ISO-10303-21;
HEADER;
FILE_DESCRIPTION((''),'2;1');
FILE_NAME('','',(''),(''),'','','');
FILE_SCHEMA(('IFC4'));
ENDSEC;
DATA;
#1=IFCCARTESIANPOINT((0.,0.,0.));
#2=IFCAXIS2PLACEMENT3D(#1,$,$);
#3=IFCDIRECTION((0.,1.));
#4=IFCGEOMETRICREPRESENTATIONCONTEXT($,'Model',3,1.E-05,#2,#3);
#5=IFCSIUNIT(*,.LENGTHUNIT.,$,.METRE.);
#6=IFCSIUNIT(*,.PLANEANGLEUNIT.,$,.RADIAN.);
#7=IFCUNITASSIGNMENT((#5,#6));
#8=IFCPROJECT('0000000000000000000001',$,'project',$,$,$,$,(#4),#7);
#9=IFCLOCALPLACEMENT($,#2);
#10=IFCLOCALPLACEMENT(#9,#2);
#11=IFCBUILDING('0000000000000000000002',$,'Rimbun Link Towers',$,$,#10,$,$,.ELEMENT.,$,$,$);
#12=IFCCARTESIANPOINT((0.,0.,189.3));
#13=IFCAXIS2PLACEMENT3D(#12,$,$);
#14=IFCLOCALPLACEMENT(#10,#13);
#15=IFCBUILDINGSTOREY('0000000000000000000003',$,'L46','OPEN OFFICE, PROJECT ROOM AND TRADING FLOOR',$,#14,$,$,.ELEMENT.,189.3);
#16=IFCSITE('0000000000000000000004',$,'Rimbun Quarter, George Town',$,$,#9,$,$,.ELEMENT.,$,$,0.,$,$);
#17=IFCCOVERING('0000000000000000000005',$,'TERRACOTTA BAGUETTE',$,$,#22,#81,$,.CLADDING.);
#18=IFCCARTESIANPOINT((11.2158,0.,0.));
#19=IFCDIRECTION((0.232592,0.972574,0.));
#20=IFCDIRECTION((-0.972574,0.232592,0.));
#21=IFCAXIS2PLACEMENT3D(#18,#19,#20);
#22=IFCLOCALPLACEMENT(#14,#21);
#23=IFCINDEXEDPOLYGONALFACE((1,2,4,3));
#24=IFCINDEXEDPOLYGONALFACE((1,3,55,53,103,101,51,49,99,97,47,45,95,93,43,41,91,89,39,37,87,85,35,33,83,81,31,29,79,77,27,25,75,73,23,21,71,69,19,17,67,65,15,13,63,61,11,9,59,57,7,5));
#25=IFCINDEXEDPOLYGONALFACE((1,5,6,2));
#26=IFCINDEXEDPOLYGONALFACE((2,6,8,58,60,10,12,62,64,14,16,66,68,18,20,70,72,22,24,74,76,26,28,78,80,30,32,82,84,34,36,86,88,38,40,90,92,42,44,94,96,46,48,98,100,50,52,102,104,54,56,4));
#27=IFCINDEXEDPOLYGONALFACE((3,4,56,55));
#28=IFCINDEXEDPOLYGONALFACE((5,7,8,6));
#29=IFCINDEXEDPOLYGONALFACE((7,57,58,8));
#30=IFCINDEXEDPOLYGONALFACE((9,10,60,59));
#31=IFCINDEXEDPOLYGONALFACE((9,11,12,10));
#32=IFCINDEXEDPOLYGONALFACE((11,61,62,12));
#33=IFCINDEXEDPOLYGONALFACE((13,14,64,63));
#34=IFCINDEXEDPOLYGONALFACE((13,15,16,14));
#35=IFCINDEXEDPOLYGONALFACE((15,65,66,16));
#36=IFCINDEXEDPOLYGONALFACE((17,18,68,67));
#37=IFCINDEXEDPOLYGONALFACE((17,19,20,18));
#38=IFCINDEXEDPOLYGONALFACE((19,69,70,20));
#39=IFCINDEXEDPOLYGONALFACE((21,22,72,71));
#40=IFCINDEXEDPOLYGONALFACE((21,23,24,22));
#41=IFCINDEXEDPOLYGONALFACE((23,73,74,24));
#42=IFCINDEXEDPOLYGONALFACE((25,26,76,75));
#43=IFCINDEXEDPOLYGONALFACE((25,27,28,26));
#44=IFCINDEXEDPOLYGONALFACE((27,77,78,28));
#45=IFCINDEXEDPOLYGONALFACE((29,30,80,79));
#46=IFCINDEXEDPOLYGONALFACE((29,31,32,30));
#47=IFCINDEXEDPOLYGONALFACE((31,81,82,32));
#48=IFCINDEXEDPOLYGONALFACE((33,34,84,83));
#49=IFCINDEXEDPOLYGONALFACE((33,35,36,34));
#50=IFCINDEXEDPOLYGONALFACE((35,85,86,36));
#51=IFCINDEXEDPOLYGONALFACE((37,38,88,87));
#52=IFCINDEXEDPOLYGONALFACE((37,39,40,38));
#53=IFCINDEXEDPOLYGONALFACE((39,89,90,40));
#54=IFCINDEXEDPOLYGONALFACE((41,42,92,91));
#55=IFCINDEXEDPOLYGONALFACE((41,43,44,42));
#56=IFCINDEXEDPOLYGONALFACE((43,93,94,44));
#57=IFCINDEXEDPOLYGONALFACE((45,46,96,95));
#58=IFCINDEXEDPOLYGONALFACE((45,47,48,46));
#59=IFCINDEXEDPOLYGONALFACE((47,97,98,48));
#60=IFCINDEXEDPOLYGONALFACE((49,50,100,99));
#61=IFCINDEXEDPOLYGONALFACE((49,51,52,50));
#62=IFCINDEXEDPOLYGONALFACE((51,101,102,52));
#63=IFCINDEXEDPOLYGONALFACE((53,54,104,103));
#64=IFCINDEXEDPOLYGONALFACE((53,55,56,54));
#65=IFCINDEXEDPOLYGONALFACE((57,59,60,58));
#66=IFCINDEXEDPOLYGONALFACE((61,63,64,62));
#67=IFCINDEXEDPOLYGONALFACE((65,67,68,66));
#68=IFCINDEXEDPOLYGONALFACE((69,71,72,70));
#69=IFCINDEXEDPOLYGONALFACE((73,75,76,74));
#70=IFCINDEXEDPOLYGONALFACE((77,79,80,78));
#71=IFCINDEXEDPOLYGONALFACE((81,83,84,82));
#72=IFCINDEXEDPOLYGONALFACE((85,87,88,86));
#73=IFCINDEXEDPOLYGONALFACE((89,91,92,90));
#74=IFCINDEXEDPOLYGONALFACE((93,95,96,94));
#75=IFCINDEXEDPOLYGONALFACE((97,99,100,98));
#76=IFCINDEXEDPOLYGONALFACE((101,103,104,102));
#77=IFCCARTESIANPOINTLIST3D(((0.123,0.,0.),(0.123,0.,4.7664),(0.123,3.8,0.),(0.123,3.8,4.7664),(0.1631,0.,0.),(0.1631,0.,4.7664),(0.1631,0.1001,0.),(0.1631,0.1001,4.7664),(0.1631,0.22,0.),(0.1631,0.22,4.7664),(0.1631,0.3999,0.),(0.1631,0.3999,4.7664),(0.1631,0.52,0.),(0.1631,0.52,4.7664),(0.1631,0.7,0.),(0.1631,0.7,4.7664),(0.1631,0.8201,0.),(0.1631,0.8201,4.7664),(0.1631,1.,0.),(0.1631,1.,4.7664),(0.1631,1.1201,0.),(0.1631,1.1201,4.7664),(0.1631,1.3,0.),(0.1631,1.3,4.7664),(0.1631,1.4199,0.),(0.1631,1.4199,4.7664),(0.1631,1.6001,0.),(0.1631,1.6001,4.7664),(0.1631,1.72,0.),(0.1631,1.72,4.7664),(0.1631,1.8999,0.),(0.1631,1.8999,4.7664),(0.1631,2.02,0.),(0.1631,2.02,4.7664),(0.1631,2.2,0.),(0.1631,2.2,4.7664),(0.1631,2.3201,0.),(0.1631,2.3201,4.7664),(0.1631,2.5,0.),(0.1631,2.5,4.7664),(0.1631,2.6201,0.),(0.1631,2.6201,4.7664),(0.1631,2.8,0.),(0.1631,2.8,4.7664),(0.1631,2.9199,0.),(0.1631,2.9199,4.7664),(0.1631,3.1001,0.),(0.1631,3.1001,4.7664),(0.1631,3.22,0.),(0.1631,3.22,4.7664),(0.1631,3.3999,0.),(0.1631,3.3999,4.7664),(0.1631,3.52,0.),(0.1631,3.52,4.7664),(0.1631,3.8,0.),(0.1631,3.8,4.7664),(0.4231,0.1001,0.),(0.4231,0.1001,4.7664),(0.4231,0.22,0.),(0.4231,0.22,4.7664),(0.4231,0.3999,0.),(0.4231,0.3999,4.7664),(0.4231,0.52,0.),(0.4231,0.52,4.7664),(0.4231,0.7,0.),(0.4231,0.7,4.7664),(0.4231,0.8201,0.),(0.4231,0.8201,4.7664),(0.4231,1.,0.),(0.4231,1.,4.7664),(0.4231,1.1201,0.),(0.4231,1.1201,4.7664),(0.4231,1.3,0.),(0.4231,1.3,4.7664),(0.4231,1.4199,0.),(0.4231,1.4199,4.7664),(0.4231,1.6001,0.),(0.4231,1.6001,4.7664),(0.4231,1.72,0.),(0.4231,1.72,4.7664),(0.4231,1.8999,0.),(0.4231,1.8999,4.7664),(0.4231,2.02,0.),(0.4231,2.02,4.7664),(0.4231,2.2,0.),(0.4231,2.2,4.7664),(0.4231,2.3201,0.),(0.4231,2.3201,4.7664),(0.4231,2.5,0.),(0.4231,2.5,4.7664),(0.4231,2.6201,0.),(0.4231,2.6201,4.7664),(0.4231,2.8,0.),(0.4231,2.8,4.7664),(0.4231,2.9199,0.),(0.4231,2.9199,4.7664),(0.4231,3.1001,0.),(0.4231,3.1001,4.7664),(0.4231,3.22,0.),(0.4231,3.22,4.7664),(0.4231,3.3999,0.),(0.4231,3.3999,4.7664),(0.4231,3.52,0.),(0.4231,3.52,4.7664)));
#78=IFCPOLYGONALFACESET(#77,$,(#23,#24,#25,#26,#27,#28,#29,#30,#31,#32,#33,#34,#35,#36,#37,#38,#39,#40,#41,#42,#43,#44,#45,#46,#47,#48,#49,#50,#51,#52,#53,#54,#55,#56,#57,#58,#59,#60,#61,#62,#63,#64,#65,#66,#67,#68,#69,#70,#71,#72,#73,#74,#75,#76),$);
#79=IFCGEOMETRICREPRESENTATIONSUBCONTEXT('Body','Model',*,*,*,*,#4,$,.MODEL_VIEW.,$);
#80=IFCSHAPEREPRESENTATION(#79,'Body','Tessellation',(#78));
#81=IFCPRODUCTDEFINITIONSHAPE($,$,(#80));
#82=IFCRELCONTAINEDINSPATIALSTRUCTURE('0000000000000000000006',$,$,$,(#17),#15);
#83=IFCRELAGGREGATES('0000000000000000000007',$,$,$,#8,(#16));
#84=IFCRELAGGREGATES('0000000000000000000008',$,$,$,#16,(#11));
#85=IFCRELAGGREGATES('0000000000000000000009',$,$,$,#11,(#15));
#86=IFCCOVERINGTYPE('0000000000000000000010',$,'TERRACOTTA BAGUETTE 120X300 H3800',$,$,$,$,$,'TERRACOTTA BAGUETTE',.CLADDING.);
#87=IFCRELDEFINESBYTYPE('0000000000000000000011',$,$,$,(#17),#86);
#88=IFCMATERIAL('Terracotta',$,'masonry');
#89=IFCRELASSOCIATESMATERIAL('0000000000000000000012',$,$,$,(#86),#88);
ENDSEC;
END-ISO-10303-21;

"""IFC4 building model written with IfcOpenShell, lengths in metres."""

from ifc_helpers import new_model, si_unit, direction, frame, origin, place, context, subcontext, project, spatial, polyline, outline, extrude, material, material_profile, profile_set, type_object, element, save


model = new_model("IFC4")

# Units and contexts
model_context = context("Model", 3, precision=1e-05, world=origin(), true_north=direction((0.0, 1.0)))
body_context = subcontext(model_context, "Body", "Model", "MODEL_VIEW")
ifc_project = project(units=[si_unit("LENGTHUNIT", "METRE"), si_unit("PLANEANGLEUNIT", "RADIAN")], contexts=[model_context])

# Site, building, storey
site_placement = place(None, origin())
site = spatial("IfcSite", under=ifc_project, at=site_placement, Name="Rimbun Quarter, George Town", CompositionType="ELEMENT", RefElevation=0.0)
building_placement = place(site_placement, origin())
building = spatial("IfcBuilding", under=site, at=building_placement, Name="Rimbun Link Towers", CompositionType="ELEMENT")
storey_placement = place(building_placement, frame((0.0, 0.0, 189.3)))
storey = spatial("IfcBuildingStorey", under=building, at=storey_placement, Name="L46", Description="OPEN OFFICE, PROJECT ROOM AND TRADING FLOOR", CompositionType="ELEMENT", Elevation=189.3)

# Covering
ifc_material_1 = material(Name="Terracotta", Category="masonry")
ifc_material_profile_1 = material_profile(ifc_material_1, outline(polyline([(0.123, 0.0), (0.1631, 0.0), (0.1631, 0.1001), (0.4231, 0.1001), (0.4231, 0.22), (0.1631, 0.22), (0.1631, 0.3999), (0.4231, 0.3999), (0.4231, 0.52), (0.1631, 0.52), (0.1631, 0.7), (0.4231, 0.7), (0.4231, 0.8201), (0.1631, 0.8201), (0.1631, 1.0), (0.4231, 1.0), (0.4231, 1.1201), (0.1631, 1.1201), (0.1631, 1.3), (0.4231, 1.3), (0.4231, 1.4199), (0.1631, 1.4199), (0.1631, 1.6001), (0.4231, 1.6001), (0.4231, 1.72), (0.1631, 1.72), (0.1631, 1.8999), (0.4231, 1.8999), (0.4231, 2.02), (0.1631, 2.02), (0.1631, 2.2), (0.4231, 2.2), (0.4231, 2.3201), (0.1631, 2.3201), (0.1631, 2.5), (0.4231, 2.5), (0.4231, 2.6201), (0.1631, 2.6201), (0.1631, 2.8), (0.4231, 2.8), (0.4231, 2.9199), (0.1631, 2.9199), (0.1631, 3.1001), (0.4231, 3.1001), (0.4231, 3.22), (0.1631, 3.22), (0.1631, 3.3999), (0.4231, 3.3999), (0.4231, 3.52), (0.1631, 3.52), (0.1631, 3.8), (0.123, 3.8), (0.123, 0.0)])), Name="BAGUETTE 120X300")
ifc_profile_set_1 = profile_set([ifc_material_profile_1], Name="Terracotta")
covering_type = type_object("IfcCoveringType", Name="TERRACOTTA BAGUETTE 120X300 H3800", ElementType="TERRACOTTA BAGUETTE", PredefinedType="CLADDING", material=ifc_profile_set_1)
covering_1_placement = place(storey_placement, frame((11.2158, 0.0, 0.0), z_axis=(0.232592, 0.972574, 0.0), x_axis=(-0.972574, 0.232592, 0.0)))
element("IfcCovering", 1, at=covering_1_placement, inside=storey, type_object=covering_type, Name="TERRACOTTA BAGUETTE", PredefinedType="CLADDING", context=body_context, shape_type="SweptSolid", body=[
    extrude(outline(polyline([(0.123, 0.0), (0.1631, 0.0), (0.1631, 0.1001), (0.4231, 0.1001), (0.4231, 0.22), (0.1631, 0.22), (0.1631, 0.3999), (0.4231, 0.3999), (0.4231, 0.52), (0.1631, 0.52), (0.1631, 0.7), (0.4231, 0.7), (0.4231, 0.8201), (0.1631, 0.8201), (0.1631, 1.0), (0.4231, 1.0), (0.4231, 1.1201), (0.1631, 1.1201), (0.1631, 1.3), (0.4231, 1.3), (0.4231, 1.4199), (0.1631, 1.4199), (0.1631, 1.6001), (0.4231, 1.6001), (0.4231, 1.72), (0.1631, 1.72), (0.1631, 1.8999), (0.4231, 1.8999), (0.4231, 2.02), (0.1631, 2.02), (0.1631, 2.2), (0.4231, 2.2), (0.4231, 2.3201), (0.1631, 2.3201), (0.1631, 2.5), (0.4231, 2.5), (0.4231, 2.6201), (0.1631, 2.6201), (0.1631, 2.8), (0.4231, 2.8), (0.4231, 2.9199), (0.1631, 2.9199), (0.1631, 3.1001), (0.4231, 3.1001), (0.4231, 3.22), (0.1631, 3.22), (0.1631, 3.3999), (0.4231, 3.3999), (0.4231, 3.52), (0.1631, 3.52), (0.1631, 3.8), (0.123, 3.8), (0.123, 0.0)])), origin(), (0.0, 0.0, 1.0), 4.7664),
])

save(model, "model.ifc")
